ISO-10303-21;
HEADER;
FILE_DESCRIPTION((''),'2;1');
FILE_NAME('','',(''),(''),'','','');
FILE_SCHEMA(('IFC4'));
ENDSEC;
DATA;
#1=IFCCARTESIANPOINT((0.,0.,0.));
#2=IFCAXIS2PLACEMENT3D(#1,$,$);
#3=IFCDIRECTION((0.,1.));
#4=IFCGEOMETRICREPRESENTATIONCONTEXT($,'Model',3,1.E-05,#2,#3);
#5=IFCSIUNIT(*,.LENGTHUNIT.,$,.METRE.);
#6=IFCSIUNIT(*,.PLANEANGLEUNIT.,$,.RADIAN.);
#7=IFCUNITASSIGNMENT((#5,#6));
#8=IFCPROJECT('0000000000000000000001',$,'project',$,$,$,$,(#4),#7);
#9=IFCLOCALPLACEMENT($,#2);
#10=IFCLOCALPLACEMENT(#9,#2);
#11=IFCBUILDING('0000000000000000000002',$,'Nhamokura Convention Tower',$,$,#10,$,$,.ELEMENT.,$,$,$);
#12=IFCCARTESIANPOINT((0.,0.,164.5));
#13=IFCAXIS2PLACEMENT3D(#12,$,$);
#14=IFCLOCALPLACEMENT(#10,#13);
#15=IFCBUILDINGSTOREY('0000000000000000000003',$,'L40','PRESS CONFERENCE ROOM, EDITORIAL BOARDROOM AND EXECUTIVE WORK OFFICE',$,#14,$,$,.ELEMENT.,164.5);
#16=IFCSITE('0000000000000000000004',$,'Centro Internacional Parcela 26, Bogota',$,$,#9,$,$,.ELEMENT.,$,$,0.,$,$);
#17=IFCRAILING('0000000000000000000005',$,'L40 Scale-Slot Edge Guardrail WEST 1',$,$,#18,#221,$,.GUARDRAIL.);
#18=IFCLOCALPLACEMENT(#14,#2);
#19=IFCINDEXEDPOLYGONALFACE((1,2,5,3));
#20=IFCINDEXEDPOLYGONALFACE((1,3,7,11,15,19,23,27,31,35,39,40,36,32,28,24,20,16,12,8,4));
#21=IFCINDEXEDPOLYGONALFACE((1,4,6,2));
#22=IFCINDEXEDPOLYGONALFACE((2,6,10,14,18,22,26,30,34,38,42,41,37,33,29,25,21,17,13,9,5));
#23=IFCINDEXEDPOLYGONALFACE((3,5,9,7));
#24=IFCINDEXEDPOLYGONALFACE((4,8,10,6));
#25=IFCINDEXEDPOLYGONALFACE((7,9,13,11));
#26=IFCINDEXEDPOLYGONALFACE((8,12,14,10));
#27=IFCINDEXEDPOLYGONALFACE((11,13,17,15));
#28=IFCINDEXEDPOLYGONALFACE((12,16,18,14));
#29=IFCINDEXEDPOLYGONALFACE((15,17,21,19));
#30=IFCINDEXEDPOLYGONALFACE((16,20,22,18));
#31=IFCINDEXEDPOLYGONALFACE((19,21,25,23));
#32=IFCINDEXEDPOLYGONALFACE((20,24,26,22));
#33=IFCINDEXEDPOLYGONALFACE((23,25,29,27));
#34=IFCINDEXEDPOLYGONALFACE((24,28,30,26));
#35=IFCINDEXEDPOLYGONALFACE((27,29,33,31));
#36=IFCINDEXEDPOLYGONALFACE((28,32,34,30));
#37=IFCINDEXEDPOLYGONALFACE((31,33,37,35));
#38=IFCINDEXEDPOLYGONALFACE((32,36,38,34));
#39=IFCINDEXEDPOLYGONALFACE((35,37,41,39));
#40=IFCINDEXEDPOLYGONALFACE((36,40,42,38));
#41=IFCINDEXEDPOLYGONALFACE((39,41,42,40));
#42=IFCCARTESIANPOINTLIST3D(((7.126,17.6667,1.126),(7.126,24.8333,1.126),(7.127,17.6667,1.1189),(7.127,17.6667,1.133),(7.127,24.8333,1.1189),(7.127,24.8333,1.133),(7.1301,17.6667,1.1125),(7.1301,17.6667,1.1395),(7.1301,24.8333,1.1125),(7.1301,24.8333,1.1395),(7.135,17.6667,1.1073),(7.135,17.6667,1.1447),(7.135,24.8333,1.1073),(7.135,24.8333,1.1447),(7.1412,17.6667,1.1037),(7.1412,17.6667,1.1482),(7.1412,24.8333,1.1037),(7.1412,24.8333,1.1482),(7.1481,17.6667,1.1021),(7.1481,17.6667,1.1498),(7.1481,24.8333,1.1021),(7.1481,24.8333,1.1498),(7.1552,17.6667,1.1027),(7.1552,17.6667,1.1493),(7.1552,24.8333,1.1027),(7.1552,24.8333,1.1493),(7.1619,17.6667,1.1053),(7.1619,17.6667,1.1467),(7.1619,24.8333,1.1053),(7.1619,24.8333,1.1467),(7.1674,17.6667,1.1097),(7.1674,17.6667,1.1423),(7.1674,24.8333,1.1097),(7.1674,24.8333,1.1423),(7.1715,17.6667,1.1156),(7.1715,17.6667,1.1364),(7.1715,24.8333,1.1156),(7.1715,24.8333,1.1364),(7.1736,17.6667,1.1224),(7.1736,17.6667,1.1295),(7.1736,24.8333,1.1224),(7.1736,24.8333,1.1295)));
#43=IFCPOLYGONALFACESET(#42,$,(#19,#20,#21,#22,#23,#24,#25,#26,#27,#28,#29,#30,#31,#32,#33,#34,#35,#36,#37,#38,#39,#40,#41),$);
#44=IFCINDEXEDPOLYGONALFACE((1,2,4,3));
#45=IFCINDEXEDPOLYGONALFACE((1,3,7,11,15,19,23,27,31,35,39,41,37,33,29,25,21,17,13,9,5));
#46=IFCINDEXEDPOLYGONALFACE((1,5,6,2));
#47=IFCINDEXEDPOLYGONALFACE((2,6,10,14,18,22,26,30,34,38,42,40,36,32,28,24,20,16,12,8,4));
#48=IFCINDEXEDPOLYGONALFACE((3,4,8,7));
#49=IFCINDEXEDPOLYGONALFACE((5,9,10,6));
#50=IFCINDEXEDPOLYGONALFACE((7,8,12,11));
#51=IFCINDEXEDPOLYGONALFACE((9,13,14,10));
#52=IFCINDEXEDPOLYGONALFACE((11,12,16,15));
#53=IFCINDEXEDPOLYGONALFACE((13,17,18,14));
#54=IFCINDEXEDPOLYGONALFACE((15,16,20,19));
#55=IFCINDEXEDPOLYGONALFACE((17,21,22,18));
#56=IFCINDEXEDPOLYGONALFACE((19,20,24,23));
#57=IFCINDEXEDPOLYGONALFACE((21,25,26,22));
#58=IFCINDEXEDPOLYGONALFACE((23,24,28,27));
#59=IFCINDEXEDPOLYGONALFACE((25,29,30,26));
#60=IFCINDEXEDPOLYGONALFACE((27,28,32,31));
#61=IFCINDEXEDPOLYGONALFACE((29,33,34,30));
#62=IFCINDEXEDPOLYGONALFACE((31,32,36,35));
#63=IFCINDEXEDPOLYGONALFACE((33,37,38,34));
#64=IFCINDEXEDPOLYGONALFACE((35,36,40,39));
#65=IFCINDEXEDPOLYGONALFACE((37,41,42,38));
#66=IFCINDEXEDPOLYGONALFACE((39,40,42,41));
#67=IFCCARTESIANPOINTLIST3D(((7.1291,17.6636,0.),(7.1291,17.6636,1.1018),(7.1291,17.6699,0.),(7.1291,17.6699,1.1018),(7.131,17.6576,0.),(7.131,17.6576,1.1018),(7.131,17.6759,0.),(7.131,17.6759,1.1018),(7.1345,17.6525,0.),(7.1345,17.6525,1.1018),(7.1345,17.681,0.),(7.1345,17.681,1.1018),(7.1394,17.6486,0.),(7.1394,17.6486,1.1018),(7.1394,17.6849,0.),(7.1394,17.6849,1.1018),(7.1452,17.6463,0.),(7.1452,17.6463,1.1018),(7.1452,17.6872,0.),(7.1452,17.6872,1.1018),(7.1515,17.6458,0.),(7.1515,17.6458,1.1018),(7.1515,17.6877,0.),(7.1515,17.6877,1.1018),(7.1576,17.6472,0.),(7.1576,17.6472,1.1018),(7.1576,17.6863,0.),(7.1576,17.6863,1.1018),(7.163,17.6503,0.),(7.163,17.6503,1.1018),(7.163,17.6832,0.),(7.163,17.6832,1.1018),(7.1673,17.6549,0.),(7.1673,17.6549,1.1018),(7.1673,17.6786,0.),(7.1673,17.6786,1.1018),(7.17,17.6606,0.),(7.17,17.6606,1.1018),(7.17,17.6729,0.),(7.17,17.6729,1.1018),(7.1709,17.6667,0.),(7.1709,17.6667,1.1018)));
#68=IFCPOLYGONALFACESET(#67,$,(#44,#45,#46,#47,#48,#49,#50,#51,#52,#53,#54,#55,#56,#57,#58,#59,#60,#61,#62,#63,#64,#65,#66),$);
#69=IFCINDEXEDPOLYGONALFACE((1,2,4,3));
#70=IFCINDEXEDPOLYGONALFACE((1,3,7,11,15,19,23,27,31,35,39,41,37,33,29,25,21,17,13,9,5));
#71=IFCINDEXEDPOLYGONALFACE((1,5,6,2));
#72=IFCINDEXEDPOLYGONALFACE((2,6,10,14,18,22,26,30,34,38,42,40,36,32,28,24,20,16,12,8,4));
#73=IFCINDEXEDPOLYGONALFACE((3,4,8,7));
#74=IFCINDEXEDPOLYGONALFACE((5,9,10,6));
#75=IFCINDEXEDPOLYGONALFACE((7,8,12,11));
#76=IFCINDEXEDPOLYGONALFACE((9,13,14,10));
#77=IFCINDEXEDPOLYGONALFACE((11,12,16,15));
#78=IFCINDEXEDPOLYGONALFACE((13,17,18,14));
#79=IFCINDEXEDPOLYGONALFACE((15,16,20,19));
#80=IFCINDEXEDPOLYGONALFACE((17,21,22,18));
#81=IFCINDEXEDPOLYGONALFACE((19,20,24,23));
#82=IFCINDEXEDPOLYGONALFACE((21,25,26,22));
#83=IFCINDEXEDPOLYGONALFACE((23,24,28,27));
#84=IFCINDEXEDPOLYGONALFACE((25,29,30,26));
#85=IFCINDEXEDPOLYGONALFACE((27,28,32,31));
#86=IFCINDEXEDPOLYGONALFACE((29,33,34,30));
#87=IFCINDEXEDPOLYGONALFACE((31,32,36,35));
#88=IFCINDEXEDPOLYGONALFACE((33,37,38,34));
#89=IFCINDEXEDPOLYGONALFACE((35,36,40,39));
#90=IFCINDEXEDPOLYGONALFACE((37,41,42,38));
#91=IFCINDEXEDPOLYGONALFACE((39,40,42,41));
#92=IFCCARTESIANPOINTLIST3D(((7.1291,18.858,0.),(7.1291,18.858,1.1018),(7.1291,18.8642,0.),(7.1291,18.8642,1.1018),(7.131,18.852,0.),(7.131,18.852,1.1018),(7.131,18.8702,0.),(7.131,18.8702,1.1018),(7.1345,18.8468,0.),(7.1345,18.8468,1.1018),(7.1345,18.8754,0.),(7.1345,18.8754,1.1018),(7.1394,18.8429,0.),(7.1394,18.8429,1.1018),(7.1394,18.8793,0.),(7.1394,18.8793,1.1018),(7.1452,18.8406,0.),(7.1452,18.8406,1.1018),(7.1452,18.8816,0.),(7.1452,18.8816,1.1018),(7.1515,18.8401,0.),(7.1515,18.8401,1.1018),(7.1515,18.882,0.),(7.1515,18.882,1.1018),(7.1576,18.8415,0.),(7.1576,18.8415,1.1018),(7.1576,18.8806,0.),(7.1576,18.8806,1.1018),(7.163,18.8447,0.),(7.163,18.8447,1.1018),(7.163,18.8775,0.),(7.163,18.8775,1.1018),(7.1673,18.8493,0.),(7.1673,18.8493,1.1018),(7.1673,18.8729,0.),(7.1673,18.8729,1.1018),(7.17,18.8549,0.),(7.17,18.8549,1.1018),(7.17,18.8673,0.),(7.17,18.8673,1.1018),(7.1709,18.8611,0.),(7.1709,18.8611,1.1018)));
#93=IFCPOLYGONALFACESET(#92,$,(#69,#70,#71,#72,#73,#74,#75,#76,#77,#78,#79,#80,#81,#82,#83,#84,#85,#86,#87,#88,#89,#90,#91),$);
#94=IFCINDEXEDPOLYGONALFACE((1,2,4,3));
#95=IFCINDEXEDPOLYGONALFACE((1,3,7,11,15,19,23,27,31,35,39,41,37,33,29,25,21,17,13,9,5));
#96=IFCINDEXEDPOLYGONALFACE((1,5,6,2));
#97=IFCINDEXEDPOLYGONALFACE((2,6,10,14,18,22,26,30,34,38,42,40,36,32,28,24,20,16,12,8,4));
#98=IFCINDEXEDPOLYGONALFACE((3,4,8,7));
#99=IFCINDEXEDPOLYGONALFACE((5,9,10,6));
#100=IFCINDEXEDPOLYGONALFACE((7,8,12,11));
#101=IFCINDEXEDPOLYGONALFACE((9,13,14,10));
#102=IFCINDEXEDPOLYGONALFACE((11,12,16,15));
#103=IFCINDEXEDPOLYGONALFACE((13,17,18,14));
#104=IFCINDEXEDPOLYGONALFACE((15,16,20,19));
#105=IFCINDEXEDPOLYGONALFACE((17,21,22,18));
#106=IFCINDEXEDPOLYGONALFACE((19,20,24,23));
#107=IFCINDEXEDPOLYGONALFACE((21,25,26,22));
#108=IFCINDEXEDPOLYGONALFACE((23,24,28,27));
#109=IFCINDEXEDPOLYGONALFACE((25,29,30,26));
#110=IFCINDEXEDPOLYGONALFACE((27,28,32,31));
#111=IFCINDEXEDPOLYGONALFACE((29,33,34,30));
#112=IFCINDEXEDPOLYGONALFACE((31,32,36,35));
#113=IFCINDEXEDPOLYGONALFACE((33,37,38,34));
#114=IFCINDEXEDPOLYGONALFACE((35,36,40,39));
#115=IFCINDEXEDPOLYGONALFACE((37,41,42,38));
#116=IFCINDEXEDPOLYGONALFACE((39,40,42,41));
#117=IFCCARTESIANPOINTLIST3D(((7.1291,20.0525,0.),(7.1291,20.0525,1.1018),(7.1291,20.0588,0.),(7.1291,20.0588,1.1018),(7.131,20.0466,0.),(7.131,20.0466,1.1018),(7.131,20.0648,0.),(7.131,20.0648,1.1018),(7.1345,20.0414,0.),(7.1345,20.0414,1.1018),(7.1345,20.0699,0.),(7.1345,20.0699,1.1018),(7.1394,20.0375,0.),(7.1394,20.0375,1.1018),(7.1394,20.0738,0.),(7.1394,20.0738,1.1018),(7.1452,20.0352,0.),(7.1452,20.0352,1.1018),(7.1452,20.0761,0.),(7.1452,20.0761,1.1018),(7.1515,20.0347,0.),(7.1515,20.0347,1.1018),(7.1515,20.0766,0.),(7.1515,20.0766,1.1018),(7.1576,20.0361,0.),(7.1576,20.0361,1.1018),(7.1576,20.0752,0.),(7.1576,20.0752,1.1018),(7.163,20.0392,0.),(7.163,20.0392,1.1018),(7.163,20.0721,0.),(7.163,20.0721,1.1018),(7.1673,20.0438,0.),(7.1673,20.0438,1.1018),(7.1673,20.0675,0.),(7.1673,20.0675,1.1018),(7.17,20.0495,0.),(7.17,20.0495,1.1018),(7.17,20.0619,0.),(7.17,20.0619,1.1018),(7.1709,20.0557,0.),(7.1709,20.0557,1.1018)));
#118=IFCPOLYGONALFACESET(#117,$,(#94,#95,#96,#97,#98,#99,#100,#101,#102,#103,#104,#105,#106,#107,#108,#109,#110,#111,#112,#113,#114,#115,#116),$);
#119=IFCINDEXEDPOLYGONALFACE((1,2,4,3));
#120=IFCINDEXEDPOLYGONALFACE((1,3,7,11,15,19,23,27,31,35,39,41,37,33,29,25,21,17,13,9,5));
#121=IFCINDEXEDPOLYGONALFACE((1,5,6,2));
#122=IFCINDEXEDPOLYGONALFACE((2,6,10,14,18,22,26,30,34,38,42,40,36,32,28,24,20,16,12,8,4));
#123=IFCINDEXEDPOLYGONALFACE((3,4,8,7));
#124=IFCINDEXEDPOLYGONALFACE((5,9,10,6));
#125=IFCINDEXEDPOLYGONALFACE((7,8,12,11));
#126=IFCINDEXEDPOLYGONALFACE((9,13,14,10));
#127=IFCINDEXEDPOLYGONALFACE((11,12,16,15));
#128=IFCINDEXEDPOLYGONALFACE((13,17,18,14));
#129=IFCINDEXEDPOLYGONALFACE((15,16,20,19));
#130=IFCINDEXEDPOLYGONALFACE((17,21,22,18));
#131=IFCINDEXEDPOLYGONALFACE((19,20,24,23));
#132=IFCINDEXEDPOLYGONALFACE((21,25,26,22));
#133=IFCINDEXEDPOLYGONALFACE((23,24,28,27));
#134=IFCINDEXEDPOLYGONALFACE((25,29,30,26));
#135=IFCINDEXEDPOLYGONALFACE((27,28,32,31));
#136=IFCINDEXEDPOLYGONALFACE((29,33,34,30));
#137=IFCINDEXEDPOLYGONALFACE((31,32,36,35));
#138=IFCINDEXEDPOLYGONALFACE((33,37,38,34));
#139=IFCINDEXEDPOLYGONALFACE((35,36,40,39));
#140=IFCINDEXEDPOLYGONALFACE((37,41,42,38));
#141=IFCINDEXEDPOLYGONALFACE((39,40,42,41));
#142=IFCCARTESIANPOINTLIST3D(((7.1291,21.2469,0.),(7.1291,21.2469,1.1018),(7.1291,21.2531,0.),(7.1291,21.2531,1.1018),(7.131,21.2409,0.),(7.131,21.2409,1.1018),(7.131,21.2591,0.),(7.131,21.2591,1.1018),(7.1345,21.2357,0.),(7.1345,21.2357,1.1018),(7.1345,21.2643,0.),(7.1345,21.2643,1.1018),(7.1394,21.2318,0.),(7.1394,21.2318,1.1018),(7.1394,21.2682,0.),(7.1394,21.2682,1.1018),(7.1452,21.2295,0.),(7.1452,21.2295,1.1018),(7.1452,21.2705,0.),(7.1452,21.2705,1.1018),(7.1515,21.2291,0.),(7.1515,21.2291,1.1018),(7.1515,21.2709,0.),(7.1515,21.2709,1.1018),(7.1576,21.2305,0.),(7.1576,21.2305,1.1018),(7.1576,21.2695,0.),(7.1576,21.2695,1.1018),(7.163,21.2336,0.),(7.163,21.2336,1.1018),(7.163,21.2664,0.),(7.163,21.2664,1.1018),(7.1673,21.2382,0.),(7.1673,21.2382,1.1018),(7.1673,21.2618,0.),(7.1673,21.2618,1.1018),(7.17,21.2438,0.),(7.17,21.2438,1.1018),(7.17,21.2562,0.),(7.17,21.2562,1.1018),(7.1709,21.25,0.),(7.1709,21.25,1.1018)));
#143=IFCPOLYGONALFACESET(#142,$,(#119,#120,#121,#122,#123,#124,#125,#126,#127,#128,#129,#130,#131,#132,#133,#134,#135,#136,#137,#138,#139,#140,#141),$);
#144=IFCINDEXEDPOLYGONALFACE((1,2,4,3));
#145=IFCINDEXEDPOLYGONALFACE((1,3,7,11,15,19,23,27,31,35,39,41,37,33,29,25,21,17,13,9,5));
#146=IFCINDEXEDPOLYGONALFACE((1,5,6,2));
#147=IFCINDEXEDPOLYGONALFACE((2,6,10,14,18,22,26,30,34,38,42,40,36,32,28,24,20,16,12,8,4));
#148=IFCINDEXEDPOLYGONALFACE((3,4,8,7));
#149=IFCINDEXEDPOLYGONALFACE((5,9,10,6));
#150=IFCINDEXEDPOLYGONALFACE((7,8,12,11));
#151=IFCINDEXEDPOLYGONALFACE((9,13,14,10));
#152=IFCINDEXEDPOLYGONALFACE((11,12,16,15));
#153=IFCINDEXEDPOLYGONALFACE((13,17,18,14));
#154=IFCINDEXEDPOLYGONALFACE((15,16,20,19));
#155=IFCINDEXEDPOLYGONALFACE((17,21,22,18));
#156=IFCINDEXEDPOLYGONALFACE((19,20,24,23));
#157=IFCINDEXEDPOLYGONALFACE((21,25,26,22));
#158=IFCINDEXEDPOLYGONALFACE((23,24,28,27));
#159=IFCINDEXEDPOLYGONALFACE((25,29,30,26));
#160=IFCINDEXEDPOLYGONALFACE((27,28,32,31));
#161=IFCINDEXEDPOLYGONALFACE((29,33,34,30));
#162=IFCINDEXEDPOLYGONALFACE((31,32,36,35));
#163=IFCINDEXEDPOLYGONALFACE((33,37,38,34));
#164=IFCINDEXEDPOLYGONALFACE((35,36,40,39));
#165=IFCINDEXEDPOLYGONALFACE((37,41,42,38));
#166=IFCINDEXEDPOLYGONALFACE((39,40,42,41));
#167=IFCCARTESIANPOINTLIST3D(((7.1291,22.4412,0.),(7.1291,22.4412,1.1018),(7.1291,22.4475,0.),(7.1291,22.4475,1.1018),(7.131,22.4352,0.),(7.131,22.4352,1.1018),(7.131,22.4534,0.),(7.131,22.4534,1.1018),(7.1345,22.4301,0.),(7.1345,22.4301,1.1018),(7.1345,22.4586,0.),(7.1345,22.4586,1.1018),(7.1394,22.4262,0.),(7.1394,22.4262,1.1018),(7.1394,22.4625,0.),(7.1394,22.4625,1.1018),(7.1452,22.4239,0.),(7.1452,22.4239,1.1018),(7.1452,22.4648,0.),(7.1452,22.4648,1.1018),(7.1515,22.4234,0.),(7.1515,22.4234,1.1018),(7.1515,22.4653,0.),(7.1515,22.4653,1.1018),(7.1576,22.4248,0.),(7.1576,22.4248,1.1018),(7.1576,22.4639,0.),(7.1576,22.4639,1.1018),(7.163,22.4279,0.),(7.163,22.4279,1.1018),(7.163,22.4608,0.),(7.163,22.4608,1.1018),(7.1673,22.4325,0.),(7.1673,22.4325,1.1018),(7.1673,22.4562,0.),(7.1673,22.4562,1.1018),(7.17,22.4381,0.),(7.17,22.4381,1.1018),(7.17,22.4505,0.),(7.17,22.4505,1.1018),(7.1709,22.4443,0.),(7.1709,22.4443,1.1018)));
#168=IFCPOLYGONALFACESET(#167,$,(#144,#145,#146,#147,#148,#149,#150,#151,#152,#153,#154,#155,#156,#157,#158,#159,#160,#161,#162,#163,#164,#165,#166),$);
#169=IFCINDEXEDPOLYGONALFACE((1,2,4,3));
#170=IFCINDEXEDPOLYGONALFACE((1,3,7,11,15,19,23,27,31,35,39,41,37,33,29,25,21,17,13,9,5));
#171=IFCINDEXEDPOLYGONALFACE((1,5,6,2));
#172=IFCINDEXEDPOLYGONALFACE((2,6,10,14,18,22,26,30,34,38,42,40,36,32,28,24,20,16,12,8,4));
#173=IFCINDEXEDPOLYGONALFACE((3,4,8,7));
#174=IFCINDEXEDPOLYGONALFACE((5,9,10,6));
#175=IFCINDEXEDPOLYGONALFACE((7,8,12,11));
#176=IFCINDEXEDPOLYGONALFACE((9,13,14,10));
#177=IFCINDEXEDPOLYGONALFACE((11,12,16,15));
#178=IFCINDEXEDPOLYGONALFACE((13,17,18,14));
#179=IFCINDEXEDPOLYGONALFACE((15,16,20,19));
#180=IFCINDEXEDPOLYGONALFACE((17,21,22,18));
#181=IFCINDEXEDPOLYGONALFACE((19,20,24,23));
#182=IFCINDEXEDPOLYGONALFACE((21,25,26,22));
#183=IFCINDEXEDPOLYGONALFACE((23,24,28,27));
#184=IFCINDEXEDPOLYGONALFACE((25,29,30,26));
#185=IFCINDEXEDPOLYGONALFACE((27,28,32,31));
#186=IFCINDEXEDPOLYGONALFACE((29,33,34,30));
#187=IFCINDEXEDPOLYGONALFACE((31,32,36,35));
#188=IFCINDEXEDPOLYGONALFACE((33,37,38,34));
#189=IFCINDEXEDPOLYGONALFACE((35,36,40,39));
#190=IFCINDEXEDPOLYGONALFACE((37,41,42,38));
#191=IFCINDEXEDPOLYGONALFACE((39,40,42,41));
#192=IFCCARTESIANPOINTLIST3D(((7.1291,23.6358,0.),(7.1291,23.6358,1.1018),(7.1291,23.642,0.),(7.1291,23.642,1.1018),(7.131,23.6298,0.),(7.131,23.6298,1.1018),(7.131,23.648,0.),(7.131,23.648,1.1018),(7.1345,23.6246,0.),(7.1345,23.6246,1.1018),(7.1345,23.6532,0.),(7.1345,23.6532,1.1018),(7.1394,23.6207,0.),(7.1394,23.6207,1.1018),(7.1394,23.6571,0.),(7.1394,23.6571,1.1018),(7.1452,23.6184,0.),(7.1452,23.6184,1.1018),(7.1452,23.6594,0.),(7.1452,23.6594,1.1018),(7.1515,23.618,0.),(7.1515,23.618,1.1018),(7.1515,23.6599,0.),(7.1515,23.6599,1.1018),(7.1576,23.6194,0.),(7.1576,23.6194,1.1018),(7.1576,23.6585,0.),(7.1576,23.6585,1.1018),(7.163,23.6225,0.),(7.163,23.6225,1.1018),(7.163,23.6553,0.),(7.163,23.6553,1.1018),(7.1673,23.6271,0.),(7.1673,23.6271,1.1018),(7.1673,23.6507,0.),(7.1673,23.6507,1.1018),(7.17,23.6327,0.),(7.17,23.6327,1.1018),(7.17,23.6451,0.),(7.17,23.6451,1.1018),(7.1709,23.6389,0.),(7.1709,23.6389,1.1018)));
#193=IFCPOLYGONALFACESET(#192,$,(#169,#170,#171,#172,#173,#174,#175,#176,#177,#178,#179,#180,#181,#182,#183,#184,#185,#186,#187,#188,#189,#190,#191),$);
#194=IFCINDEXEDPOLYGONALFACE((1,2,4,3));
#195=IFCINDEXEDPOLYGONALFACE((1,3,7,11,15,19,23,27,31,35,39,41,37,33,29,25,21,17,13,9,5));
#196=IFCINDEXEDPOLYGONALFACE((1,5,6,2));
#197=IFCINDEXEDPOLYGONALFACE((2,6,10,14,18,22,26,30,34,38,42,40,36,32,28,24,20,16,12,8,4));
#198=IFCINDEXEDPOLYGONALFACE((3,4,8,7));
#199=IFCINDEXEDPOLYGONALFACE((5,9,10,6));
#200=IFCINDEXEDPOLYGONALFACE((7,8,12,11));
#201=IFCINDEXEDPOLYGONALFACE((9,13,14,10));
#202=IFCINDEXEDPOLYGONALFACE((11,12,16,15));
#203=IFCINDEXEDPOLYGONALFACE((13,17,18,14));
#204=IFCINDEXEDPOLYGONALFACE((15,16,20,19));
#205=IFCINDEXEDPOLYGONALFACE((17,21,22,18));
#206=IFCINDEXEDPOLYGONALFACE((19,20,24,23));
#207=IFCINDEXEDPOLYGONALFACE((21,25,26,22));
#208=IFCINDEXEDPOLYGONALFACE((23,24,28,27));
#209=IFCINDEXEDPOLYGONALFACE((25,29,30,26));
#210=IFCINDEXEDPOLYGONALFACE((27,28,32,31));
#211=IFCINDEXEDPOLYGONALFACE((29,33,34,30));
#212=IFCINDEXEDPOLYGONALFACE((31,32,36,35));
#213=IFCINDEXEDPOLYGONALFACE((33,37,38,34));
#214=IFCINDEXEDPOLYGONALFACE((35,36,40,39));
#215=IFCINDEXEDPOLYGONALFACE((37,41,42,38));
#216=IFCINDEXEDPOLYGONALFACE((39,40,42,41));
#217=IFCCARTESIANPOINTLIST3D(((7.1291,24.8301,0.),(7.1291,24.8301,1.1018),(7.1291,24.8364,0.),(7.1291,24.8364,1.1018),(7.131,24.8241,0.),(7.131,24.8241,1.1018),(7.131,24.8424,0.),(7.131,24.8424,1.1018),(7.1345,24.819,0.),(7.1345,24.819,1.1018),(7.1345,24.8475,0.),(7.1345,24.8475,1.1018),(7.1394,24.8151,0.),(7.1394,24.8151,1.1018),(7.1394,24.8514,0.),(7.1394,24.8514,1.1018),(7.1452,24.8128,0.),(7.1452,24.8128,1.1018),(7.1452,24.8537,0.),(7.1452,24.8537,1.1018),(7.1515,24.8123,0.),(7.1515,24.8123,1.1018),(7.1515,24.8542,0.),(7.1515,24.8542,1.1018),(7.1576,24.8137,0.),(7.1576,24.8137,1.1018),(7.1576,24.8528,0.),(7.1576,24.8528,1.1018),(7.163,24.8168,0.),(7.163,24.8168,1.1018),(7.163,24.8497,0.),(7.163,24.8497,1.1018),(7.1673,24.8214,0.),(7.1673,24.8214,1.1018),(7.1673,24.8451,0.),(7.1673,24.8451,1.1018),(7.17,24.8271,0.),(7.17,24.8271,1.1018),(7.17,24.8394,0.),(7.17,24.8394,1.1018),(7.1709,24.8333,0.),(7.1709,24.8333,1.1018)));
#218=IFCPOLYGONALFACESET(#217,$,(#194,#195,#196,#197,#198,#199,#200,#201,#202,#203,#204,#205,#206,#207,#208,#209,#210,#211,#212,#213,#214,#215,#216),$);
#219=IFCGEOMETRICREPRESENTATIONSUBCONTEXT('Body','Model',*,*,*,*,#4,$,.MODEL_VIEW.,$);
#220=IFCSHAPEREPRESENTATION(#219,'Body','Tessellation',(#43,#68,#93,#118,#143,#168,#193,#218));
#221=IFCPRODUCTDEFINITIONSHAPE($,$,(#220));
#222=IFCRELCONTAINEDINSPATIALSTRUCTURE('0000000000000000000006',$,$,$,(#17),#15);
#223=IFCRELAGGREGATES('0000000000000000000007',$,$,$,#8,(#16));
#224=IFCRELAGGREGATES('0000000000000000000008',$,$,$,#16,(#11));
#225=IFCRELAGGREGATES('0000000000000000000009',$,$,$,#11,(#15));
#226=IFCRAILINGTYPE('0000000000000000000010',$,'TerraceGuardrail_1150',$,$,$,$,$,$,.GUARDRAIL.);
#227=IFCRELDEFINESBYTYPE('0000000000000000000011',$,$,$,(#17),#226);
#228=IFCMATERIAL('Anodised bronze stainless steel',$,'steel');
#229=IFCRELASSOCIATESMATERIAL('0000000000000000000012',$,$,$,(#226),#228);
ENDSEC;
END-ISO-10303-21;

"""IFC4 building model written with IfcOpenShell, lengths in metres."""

from ifc_helpers import new_model, si_unit, direction, frame, origin, origin_2d, place, context, subcontext, project, spatial, circle, extrude, material, type_object, element, save


model = new_model("IFC4")

# Units and contexts
model_context = context("Model", 3, precision=1e-05, world=origin(), true_north=direction((0.0, 1.0)))
body_context = subcontext(model_context, "Body", "Model", "MODEL_VIEW")
ifc_project = project(units=[si_unit("LENGTHUNIT", "METRE"), si_unit("PLANEANGLEUNIT", "RADIAN")], contexts=[model_context])

# Site, building, storey
site_placement = place(None, origin())
site = spatial("IfcSite", under=ifc_project, at=site_placement, Name="Centro Internacional Parcela 26, Bogota", CompositionType="ELEMENT", RefElevation=0.0)
building_placement = place(site_placement, origin())
building = spatial("IfcBuilding", under=site, at=building_placement, Name="Nhamokura Convention Tower", CompositionType="ELEMENT")
storey_placement = place(building_placement, frame((0.0, 0.0, 164.5)))
storey = spatial("IfcBuildingStorey", under=building, at=storey_placement, Name="L40", Description="PRESS CONFERENCE ROOM, EDITORIAL BOARDROOM AND EXECUTIVE WORK OFFICE", CompositionType="ELEMENT", Elevation=164.5)

# Railing
ifc_material_1 = material(Name="Anodised bronze stainless steel", Category="steel")
railing_type = type_object("IfcRailingType", Name="TerraceGuardrail_1150", PredefinedType="GUARDRAIL", material=ifc_material_1)
railing_placement = place(storey_placement, frame((7.1499, 17.6667, 0.0)))
element("IfcRailing", 1, at=railing_placement, inside=storey, type_object=railing_type, Name="L40 Scale-Slot Edge Guardrail WEST 1", PredefinedType="GUARDRAIL", context=body_context, shape_type="SweptSolid", body=[
    extrude(circle(Radius=0.0239, at=origin_2d()), frame((0.0, 0.0, 1.126), z_axis=(0.0, 1.0, 0.0), x_axis=(-1.0, 0.0, 0.0)), (0.0, 0.0, 1.0), 7.1665),
    extrude(circle(Radius=0.021, at=origin_2d()), origin(), (0.0, 0.0, 1.0), 1.1018),
    extrude(circle(Radius=0.021, at=origin_2d()), frame((0.0, 1.1943, 0.0)), (0.0, 0.0, 1.0), 1.1018),
    extrude(circle(Radius=0.021, at=origin_2d()), frame((0.0, 2.3889, 0.0)), (0.0, 0.0, 1.0), 1.1018),
    extrude(circle(Radius=0.021, at=origin_2d()), frame((0.0, 3.5833, 0.0)), (0.0, 0.0, 1.0), 1.1018),
    extrude(circle(Radius=0.021, at=origin_2d()), frame((0.0, 4.7776, 0.0)), (0.0, 0.0, 1.0), 1.1018),
    extrude(circle(Radius=0.021, at=origin_2d()), frame((0.0, 5.9722, 0.0)), (0.0, 0.0, 1.0), 1.1018),
    extrude(circle(Radius=0.021, at=origin_2d()), frame((0.0, 7.1665, 0.0)), (0.0, 0.0, 1.0), 1.1018),
])

save(model, "model.ifc")
